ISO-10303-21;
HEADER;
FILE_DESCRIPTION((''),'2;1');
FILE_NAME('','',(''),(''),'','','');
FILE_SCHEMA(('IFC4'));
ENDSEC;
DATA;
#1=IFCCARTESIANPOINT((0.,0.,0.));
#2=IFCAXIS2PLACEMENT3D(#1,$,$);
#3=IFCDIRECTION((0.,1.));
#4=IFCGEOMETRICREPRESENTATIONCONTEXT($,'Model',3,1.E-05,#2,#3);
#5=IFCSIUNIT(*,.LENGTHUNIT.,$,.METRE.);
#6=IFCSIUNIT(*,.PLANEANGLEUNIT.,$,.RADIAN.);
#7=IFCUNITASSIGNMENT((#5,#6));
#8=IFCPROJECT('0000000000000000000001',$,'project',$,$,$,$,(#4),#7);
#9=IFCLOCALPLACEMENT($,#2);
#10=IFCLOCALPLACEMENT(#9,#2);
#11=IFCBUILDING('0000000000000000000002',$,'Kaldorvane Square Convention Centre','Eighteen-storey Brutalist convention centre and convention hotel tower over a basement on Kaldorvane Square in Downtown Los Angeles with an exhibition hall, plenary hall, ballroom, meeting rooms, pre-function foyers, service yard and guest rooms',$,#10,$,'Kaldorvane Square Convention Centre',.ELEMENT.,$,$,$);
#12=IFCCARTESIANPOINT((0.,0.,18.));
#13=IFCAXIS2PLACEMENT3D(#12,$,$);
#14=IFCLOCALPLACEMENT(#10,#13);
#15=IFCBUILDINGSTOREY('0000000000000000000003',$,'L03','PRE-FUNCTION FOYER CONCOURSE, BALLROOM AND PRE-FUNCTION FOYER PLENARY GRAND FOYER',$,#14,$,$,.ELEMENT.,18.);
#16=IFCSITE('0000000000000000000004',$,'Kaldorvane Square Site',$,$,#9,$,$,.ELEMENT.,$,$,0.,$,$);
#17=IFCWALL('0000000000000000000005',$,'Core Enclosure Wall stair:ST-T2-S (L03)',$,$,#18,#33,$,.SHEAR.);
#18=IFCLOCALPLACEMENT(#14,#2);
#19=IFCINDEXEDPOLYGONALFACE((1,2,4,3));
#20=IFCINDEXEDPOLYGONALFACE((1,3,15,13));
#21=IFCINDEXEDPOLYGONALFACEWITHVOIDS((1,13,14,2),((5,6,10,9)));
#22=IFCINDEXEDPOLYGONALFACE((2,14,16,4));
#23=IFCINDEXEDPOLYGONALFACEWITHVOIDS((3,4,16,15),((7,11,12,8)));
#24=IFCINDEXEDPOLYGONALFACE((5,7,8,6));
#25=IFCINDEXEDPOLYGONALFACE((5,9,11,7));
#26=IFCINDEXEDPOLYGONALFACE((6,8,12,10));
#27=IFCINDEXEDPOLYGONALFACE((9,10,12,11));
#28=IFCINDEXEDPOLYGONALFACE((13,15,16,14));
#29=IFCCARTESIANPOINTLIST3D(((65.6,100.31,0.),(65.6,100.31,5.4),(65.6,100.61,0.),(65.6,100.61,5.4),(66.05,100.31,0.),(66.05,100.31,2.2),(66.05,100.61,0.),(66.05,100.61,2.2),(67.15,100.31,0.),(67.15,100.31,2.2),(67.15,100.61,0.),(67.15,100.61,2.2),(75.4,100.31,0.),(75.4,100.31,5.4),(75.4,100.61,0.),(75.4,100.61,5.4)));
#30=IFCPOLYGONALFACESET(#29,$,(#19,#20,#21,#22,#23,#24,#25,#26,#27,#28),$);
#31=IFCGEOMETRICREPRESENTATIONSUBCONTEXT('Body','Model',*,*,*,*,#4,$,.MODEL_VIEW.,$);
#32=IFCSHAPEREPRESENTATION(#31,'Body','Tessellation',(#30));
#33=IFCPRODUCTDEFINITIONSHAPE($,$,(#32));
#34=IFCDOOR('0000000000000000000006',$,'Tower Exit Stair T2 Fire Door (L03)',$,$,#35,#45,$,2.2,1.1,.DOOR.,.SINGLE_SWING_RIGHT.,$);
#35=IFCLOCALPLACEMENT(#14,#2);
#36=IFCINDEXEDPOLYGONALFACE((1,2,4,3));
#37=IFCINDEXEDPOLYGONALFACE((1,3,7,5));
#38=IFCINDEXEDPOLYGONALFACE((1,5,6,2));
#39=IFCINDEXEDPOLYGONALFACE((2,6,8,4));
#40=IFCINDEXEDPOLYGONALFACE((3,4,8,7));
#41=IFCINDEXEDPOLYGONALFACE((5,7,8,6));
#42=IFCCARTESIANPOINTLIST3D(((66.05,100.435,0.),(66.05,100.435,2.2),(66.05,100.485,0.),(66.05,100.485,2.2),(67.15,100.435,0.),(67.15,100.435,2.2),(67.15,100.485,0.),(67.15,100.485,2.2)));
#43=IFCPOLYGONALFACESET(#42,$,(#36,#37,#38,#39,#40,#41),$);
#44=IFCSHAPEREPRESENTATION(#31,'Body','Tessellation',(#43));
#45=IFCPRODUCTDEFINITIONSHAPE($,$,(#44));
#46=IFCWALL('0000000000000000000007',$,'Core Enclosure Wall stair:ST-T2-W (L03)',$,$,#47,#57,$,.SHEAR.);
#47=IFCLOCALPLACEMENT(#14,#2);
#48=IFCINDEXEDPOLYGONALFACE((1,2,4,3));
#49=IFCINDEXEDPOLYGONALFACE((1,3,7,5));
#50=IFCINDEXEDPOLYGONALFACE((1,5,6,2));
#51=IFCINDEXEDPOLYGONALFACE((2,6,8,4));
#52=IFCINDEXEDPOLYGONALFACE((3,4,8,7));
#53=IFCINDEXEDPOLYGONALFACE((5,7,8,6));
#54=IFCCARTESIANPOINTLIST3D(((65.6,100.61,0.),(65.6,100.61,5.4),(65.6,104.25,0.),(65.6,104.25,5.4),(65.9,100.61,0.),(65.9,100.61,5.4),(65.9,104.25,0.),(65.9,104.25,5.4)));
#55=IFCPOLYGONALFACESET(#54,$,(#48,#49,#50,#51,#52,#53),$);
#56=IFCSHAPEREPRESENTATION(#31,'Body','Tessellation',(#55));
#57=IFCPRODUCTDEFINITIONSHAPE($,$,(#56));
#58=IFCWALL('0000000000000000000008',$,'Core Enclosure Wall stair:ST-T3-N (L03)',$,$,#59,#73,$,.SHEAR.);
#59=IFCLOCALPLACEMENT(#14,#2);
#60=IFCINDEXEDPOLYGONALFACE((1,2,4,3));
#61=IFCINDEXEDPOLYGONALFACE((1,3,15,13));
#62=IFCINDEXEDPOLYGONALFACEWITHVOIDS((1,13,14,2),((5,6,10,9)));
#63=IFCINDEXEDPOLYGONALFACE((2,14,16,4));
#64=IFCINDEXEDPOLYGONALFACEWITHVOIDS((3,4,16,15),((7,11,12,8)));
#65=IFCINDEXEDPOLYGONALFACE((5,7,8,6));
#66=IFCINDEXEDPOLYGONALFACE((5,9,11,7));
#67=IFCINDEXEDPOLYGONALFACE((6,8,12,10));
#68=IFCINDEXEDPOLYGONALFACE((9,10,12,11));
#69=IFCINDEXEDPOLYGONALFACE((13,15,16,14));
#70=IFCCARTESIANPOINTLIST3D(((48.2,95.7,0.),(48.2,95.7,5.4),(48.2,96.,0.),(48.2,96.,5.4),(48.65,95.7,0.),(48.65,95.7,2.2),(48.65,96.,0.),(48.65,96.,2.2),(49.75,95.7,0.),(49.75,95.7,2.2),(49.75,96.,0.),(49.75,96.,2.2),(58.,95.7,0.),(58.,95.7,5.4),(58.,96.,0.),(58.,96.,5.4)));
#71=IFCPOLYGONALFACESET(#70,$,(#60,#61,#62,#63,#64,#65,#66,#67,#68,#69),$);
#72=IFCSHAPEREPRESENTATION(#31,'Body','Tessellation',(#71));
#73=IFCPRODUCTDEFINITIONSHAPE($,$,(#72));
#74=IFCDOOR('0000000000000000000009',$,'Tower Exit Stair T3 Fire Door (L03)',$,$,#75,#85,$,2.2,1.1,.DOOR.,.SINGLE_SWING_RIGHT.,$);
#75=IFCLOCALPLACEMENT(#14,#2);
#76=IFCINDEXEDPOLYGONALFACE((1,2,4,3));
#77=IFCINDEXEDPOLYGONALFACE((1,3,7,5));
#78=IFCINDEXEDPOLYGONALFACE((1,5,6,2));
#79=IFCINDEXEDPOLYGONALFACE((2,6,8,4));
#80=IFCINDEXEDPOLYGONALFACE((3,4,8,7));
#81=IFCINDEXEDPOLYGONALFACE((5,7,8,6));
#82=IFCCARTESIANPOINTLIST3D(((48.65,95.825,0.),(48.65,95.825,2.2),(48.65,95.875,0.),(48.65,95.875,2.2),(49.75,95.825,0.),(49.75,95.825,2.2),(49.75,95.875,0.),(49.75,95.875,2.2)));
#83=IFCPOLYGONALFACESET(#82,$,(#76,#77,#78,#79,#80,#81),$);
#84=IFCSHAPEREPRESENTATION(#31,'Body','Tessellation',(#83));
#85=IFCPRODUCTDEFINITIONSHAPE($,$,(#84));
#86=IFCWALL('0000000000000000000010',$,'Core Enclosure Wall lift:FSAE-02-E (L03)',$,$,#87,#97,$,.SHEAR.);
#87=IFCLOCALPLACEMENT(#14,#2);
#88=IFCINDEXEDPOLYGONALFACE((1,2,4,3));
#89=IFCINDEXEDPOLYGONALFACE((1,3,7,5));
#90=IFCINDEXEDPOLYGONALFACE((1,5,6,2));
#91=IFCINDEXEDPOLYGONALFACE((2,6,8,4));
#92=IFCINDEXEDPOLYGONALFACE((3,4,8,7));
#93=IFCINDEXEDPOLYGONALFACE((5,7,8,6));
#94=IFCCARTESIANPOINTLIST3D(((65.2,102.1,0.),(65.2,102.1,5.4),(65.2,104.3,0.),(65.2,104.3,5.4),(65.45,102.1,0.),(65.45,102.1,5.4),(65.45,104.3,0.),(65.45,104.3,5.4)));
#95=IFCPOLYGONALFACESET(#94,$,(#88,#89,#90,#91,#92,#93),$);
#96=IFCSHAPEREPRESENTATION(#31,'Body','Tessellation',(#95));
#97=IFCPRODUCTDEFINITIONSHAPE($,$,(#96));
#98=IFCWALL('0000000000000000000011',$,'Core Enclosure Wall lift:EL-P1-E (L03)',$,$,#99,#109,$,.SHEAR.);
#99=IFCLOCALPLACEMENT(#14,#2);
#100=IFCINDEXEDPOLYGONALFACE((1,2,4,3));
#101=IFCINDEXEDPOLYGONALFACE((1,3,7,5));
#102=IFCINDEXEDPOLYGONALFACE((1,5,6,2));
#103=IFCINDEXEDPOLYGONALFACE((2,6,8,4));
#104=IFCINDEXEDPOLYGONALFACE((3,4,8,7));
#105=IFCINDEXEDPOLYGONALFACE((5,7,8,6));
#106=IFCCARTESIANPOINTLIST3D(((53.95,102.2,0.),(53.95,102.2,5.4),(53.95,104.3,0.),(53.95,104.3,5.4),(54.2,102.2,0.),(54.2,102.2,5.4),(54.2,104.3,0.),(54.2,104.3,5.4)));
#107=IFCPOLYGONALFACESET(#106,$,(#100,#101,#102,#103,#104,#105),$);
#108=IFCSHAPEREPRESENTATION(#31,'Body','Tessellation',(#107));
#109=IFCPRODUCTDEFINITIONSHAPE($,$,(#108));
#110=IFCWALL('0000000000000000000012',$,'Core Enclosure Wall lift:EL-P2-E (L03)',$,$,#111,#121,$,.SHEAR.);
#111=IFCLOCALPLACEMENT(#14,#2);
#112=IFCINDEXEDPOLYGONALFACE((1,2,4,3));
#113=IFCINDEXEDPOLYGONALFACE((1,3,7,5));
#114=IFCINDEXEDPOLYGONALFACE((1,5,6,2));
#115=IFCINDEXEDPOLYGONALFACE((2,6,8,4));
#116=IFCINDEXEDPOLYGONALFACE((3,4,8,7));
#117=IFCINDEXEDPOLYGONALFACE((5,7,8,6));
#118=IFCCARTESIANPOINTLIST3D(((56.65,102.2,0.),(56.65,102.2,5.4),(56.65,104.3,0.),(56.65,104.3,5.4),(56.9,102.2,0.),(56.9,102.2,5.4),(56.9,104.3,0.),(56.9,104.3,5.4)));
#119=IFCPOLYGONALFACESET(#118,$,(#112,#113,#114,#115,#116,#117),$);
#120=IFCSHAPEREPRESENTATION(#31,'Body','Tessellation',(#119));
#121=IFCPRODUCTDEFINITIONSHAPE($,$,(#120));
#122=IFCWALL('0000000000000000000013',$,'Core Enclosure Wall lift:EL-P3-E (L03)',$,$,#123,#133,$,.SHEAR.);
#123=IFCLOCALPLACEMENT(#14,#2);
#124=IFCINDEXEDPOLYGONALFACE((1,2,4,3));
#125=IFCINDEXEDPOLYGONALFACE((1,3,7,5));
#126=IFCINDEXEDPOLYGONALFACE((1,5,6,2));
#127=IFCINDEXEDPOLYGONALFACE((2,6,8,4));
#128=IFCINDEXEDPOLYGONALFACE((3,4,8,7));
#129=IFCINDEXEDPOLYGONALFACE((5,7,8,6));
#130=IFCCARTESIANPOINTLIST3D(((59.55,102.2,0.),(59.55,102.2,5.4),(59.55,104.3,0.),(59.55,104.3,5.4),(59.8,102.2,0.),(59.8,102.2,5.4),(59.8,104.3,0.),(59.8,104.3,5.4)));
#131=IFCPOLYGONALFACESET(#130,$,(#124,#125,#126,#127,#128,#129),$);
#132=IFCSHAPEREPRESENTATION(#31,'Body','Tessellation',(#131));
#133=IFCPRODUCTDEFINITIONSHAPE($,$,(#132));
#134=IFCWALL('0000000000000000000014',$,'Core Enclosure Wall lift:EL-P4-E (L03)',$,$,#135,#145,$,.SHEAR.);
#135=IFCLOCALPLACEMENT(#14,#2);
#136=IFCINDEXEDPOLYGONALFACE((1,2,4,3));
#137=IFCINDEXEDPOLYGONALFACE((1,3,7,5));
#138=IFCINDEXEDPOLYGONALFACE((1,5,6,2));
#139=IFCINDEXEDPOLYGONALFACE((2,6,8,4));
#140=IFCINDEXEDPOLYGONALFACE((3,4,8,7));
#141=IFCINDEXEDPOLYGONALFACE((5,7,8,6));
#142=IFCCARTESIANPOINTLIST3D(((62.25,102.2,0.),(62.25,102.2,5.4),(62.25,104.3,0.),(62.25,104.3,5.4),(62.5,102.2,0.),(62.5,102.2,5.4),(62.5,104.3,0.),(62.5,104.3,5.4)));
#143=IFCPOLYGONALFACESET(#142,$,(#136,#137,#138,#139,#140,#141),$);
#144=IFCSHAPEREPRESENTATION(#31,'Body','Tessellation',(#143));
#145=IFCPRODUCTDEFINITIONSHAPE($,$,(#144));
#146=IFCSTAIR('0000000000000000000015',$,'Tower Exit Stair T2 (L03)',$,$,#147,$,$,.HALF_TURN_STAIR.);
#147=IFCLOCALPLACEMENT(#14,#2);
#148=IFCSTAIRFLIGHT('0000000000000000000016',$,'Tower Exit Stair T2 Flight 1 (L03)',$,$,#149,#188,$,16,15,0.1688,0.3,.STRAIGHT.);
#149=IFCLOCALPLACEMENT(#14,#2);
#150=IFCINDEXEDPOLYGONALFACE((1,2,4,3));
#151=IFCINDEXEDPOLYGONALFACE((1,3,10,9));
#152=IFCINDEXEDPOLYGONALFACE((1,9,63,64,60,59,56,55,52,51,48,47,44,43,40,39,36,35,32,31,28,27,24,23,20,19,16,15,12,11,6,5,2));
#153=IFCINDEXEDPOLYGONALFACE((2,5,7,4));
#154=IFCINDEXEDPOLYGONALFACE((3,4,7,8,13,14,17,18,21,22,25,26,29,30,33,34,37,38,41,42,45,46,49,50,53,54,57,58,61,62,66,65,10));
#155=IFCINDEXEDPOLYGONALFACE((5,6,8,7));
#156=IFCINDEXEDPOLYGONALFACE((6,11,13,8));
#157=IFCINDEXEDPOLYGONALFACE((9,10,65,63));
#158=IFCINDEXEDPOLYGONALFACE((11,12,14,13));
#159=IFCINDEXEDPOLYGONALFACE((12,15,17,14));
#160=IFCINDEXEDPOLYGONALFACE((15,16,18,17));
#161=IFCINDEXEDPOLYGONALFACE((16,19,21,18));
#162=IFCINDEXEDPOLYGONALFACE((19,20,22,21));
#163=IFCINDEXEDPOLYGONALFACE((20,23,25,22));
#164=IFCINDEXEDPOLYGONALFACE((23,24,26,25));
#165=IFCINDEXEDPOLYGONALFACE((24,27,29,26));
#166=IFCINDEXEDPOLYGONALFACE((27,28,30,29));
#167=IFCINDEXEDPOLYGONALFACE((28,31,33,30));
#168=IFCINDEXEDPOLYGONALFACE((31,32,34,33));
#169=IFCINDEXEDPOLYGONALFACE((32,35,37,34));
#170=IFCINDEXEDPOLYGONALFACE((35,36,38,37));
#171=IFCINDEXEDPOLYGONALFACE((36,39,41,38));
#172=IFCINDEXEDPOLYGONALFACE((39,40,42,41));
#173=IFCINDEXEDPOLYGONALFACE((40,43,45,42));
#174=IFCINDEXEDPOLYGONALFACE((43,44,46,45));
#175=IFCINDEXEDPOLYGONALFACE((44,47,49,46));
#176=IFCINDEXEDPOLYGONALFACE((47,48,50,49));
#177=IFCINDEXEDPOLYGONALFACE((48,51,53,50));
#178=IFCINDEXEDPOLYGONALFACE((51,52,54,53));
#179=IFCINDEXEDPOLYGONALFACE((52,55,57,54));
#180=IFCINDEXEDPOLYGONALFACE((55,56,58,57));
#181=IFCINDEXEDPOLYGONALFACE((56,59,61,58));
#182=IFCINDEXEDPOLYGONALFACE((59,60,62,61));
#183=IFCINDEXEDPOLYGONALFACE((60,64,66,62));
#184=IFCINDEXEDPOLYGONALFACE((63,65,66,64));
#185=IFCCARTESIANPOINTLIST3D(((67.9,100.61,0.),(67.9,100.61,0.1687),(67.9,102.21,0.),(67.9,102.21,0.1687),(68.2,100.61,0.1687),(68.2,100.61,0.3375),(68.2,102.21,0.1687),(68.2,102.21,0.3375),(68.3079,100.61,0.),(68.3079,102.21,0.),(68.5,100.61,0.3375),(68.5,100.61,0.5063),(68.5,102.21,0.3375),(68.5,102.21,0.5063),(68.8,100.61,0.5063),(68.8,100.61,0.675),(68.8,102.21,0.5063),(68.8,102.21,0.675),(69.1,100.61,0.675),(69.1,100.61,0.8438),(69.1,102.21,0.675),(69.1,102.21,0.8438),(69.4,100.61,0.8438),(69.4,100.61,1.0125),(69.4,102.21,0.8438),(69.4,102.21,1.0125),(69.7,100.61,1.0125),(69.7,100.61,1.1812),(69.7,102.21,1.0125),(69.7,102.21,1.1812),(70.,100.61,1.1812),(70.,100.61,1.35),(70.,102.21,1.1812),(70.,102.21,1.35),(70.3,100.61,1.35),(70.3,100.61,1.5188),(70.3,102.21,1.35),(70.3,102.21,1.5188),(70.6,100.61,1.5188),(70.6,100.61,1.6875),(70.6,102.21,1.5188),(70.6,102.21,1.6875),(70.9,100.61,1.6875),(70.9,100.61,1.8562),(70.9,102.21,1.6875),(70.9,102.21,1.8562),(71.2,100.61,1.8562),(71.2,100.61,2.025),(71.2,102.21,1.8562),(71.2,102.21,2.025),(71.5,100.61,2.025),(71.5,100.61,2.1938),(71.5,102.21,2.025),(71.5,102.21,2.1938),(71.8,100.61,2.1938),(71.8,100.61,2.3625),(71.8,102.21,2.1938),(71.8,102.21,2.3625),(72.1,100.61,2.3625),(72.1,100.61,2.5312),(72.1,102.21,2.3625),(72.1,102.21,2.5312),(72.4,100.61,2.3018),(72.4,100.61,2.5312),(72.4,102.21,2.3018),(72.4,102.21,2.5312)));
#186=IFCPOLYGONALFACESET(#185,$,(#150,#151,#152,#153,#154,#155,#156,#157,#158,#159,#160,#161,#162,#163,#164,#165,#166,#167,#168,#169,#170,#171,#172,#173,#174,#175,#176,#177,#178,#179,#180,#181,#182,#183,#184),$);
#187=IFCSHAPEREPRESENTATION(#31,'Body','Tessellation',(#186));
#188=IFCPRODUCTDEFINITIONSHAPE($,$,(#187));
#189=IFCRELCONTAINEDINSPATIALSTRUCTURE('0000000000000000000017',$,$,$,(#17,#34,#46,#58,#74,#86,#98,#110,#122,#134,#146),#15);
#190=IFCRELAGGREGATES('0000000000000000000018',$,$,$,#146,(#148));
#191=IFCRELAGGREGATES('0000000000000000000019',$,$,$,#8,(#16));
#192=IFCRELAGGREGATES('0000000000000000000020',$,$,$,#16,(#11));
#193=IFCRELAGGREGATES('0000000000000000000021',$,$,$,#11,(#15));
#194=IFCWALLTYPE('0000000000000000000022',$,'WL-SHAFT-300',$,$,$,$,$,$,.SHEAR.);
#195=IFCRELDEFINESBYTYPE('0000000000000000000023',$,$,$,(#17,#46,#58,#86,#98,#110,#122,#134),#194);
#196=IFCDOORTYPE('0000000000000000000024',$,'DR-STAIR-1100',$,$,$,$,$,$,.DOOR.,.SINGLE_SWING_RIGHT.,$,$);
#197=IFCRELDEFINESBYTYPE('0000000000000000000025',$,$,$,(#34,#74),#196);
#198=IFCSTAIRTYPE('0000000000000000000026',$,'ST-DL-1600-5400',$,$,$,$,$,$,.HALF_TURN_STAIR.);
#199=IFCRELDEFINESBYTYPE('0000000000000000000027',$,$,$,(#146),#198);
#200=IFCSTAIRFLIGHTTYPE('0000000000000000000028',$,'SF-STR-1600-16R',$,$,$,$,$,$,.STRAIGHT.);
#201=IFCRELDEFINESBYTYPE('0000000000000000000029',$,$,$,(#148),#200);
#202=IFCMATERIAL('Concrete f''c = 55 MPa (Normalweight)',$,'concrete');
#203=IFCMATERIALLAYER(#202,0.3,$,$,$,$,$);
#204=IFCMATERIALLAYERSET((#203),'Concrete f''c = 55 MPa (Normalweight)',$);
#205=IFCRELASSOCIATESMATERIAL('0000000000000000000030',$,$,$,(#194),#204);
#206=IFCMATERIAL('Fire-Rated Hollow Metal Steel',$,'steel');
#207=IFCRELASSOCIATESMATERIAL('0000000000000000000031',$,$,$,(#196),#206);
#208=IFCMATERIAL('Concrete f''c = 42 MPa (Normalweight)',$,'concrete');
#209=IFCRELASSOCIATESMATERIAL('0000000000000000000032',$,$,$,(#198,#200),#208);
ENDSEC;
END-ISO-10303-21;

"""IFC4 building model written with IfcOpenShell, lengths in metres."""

from ifc_helpers import new_model, si_unit, direction, frame, frame_2d, origin, place, context, subcontext, project, spatial, polyline, rectangle, outline, extrude, material, layer, layer_set, type_object, element, fill, aggregate, save


model = new_model("IFC4")

# Units and contexts
model_context = context("Model", 3, precision=1e-05, world=origin(), true_north=direction((0.0, 1.0)))
body_context = subcontext(model_context, "Body", "Model", "MODEL_VIEW")
ifc_project = project(units=[si_unit("LENGTHUNIT", "METRE"), si_unit("PLANEANGLEUNIT", "RADIAN")], contexts=[model_context])

# Site, building, storey
site_placement = place(None, origin())
site = spatial("IfcSite", under=ifc_project, at=site_placement, Name="Kaldorvane Square Site", CompositionType="ELEMENT", RefElevation=0.0)
building_placement = place(site_placement, origin())
building = spatial("IfcBuilding", under=site, at=building_placement, Name="Kaldorvane Square Convention Centre", Description="Eighteen-storey Brutalist convention centre and convention hotel tower over a basement on Kaldorvane Square in Downtown Los Angeles with an exhibition hall, plenary hall, ballroom, meeting rooms, pre-function foyers, service yard and guest rooms", LongName="Kaldorvane Square Convention Centre", CompositionType="ELEMENT")
storey_placement = place(building_placement, frame((0.0, 0.0, 18.0)))
storey = spatial("IfcBuildingStorey", under=building, at=storey_placement, Name="L03", Description="PRE-FUNCTION FOYER CONCOURSE, BALLROOM AND PRE-FUNCTION FOYER PLENARY GRAND FOYER", CompositionType="ELEMENT", Elevation=18.0)

# Shared definitions
ifc_material_1 = material(Name="Concrete f'c = 42 MPa (Normalweight)", Category="concrete")

# Wall, opening, door
ifc_material_2 = material(Name="Concrete f'c = 55 MPa (Normalweight)", Category="concrete")
ifc_layer_1 = layer(ifc_material_2, 0.3)
ifc_layer_set_1 = layer_set([ifc_layer_1], Name="Concrete f'c = 55 MPa (Normalweight)")
wall_type_1 = type_object("IfcWallType", Name="WL-SHAFT-300", PredefinedType="SHEAR", material=ifc_layer_set_1)
wall_1_placement = place(storey_placement, frame((65.6, 100.46, 0.0), z_axis=(0.0, 0.0, 1.0), x_axis=(1.0, 0.0, 0.0)))
wall_1 = element("IfcWall", 1, at=wall_1_placement, inside=storey, type_object=wall_type_1, Name="Core Enclosure Wall stair:ST-T2-S (L03)", PredefinedType="SHEAR", context=body_context, shape_type="SweptSolid", body=[
    extrude(rectangle(XDim=9.8, YDim=0.3, at=frame_2d((4.9, 0.0))), origin(), (0.0, 0.0, 1.0), 5.4),
])
opening_1_placement = place(wall_1_placement, frame((0.45, 0.0, 0.0)))
opening_1 = element("IfcOpeningElement", 2, at=opening_1_placement, cuts=wall_1, PredefinedType="OPENING", context=body_context, shape_type="SweptSolid", body=[
    extrude(rectangle(XDim=1.1, YDim=2.2, at=frame_2d((0.55, 1.1))), frame((0.0, 0.165, 0.0), z_axis=(0.0, -1.0, 0.0), x_axis=(1.0, 0.0, 0.0)), (0.0, 0.0, 1.0), 0.33),
])
ifc_material_3 = material(Name="Fire-Rated Hollow Metal Steel", Category="steel")
door_type_1 = type_object("IfcDoorType", Name="DR-STAIR-1100", OperationType="SINGLE_SWING_RIGHT", PredefinedType="DOOR", material=ifc_material_3)
door_1_placement = place(opening_1_placement, origin())
door_1 = element("IfcDoor", 3, at=door_1_placement, inside=storey, type_object=door_type_1, Name="Tower Exit Stair T2 Fire Door (L03)", OperationType="SINGLE_SWING_RIGHT", OverallHeight=2.2, OverallWidth=1.1, PredefinedType="DOOR", context=body_context, shape_type="SweptSolid", body=[
    extrude(rectangle(XDim=1.1, YDim=2.2, at=frame_2d((0.55, 1.1))), frame((0.0, 0.025, 0.0), z_axis=(0.0, -1.0, 0.0), x_axis=(1.0, 0.0, 0.0)), (0.0, 0.0, 1.0), 0.05),
])
fill(opening_1, door_1)

# Wall
wall_2_placement = place(storey_placement, frame((65.75, 104.25, 0.0), z_axis=(0.0, 0.0, 1.0), x_axis=(0.0, -1.0, 0.0)))
element("IfcWall", 4, at=wall_2_placement, inside=storey, type_object=wall_type_1, Name="Core Enclosure Wall stair:ST-T2-W (L03)", PredefinedType="SHEAR", context=body_context, shape_type="SweptSolid", body=[
    extrude(rectangle(XDim=3.64, YDim=0.3, at=frame_2d((1.82, 0.0))), origin(), (0.0, 0.0, 1.0), 5.4),
])

# Wall, opening, door
wall_3_placement = place(storey_placement, frame((58.0, 95.85, 0.0), z_axis=(0.0, 0.0, 1.0), x_axis=(-1.0, 0.0, 0.0)))
wall_3 = element("IfcWall", 5, at=wall_3_placement, inside=storey, type_object=wall_type_1, Name="Core Enclosure Wall stair:ST-T3-N (L03)", PredefinedType="SHEAR", context=body_context, shape_type="SweptSolid", body=[
    extrude(rectangle(XDim=9.8, YDim=0.3, at=frame_2d((4.9, 0.0))), origin(), (0.0, 0.0, 1.0), 5.4),
])
opening_2_placement = place(wall_3_placement, frame((8.25, 0.0, 0.0)))
opening_2 = element("IfcOpeningElement", 6, at=opening_2_placement, cuts=wall_3, PredefinedType="OPENING", context=body_context, shape_type="SweptSolid", body=[
    extrude(rectangle(XDim=1.1, YDim=2.2, at=frame_2d((0.55, 1.1))), frame((0.0, 0.165, 0.0), z_axis=(0.0, -1.0, 0.0), x_axis=(1.0, 0.0, 0.0)), (0.0, 0.0, 1.0), 0.33),
])
door_2_placement = place(opening_2_placement, origin())
door_2 = element("IfcDoor", 7, at=door_2_placement, inside=storey, type_object=door_type_1, Name="Tower Exit Stair T3 Fire Door (L03)", OperationType="SINGLE_SWING_RIGHT", OverallHeight=2.2, OverallWidth=1.1, PredefinedType="DOOR", context=body_context, shape_type="SweptSolid", body=[
    extrude(rectangle(XDim=1.1, YDim=2.2, at=frame_2d((0.55, 1.1))), frame((0.0, 0.025, 0.0), z_axis=(0.0, -1.0, 0.0), x_axis=(1.0, 0.0, 0.0)), (0.0, 0.0, 1.0), 0.05),
])
fill(opening_2, door_2)

# Walls
wall_4_placement = place(storey_placement, frame((65.325, 102.1, 0.0), z_axis=(0.0, 0.0, 1.0), x_axis=(0.0, 1.0, 0.0)))
element("IfcWall", 8, at=wall_4_placement, inside=storey, type_object=wall_type_1, Name="Core Enclosure Wall lift:FSAE-02-E (L03)", PredefinedType="SHEAR", context=body_context, shape_type="SweptSolid", body=[
    extrude(rectangle(XDim=2.2, YDim=0.25, at=frame_2d((1.1, 0.0))), origin(), (0.0, 0.0, 1.0), 5.4),
])
wall_5_placement = place(storey_placement, frame((54.075, 102.2, 0.0), z_axis=(0.0, 0.0, 1.0), x_axis=(0.0, 1.0, 0.0)))
element("IfcWall", 9, at=wall_5_placement, inside=storey, type_object=wall_type_1, Name="Core Enclosure Wall lift:EL-P1-E (L03)", PredefinedType="SHEAR", context=body_context, shape_type="SweptSolid", body=[
    extrude(rectangle(XDim=2.1, YDim=0.25, at=frame_2d((1.05, 0.0))), origin(), (0.0, 0.0, 1.0), 5.4),
])

# Wall
wall_6_placement = place(storey_placement, frame((56.775, 102.2, 0.0), z_axis=(0.0, 0.0, 1.0), x_axis=(0.0, 1.0, 0.0)))
element("IfcWall", 10, at=wall_6_placement, inside=storey, type_object=wall_type_1, Name="Core Enclosure Wall lift:EL-P2-E (L03)", PredefinedType="SHEAR", context=body_context, shape_type="SweptSolid", body=[
    extrude(rectangle(XDim=2.1, YDim=0.25, at=frame_2d((1.05, 0.0))), origin(), (0.0, 0.0, 1.0), 5.4),
])

# Wall
wall_7_placement = place(storey_placement, frame((59.675, 102.2, 0.0), z_axis=(0.0, 0.0, 1.0), x_axis=(0.0, 1.0, 0.0)))
element("IfcWall", 11, at=wall_7_placement, inside=storey, type_object=wall_type_1, Name="Core Enclosure Wall lift:EL-P3-E (L03)", PredefinedType="SHEAR", context=body_context, shape_type="SweptSolid", body=[
    extrude(rectangle(XDim=2.1, YDim=0.25, at=frame_2d((1.05, 0.0))), origin(), (0.0, 0.0, 1.0), 5.4),
])

# Wall
wall_8_placement = place(storey_placement, frame((62.375, 102.2, 0.0), z_axis=(0.0, 0.0, 1.0), x_axis=(0.0, 1.0, 0.0)))
element("IfcWall", 12, at=wall_8_placement, inside=storey, type_object=wall_type_1, Name="Core Enclosure Wall lift:EL-P4-E (L03)", PredefinedType="SHEAR", context=body_context, shape_type="SweptSolid", body=[
    extrude(rectangle(XDim=2.1, YDim=0.25, at=frame_2d((1.05, 0.0))), origin(), (0.0, 0.0, 1.0), 5.4),
])

# Stair, stair flight
stair_type = type_object("IfcStairType", Name="ST-DL-1600-5400", PredefinedType="HALF_TURN_STAIR", material=ifc_material_1)
stair_1_placement = place(storey_placement, origin())
stair_1 = element("IfcStair", 13, at=stair_1_placement, inside=storey, type_object=stair_type, Name="Tower Exit Stair T2 (L03)", PredefinedType="HALF_TURN_STAIR")
stair_flight_type = type_object("IfcStairFlightType", Name="SF-STR-1600-16R", PredefinedType="STRAIGHT", material=ifc_material_1)
stair_flight_1_placement = place(storey_placement, frame((67.9, 101.41, 0.0), z_axis=(0.0, 0.0, 1.0), x_axis=(1.0, 0.0, 0.0)))
stair_flight_1 = element("IfcStairFlight", 14, at=stair_flight_1_placement, type_object=stair_flight_type, Name="Tower Exit Stair T2 Flight 1 (L03)", NumberOfRisers=16, NumberOfTreads=15, PredefinedType="STRAIGHT", RiserHeight=0.1688, TreadLength=0.3, context=body_context, shape_type="SweptSolid", body=[
    extrude(outline(polyline([(0.0, 0.0), (0.0, 0.1687), (0.3, 0.1687), (0.3, 0.3375), (0.6, 0.3375), (0.6, 0.5063), (0.9, 0.5063), (0.9, 0.675), (1.2, 0.675), (1.2, 0.8438), (1.5, 0.8438), (1.5, 1.0125), (1.8, 1.0125), (1.8, 1.1812), (2.1, 1.1812), (2.1, 1.35), (2.4, 1.35), (2.4, 1.5188), (2.7, 1.5188), (2.7, 1.6875), (3.0, 1.6875), (3.0, 1.8562), (3.3, 1.8562), (3.3, 2.025), (3.6, 2.025), (3.6, 2.1938), (3.9, 2.1938), (3.9, 2.3625), (4.2, 2.3625), (4.2, 2.5312), (4.5, 2.5312), (4.5, 2.7), (4.5, 2.3018), (0.4079, 0.0), (0.0, 0.0)])), frame((0.0, 0.8, 0.0), z_axis=(0.0, -1.0, 0.0), x_axis=(1.0, 0.0, 0.0)), (0.0, 0.0, 1.0), 1.6),
])
aggregate(stair_1, [stair_flight_1])

save(model, "model.ifc")
